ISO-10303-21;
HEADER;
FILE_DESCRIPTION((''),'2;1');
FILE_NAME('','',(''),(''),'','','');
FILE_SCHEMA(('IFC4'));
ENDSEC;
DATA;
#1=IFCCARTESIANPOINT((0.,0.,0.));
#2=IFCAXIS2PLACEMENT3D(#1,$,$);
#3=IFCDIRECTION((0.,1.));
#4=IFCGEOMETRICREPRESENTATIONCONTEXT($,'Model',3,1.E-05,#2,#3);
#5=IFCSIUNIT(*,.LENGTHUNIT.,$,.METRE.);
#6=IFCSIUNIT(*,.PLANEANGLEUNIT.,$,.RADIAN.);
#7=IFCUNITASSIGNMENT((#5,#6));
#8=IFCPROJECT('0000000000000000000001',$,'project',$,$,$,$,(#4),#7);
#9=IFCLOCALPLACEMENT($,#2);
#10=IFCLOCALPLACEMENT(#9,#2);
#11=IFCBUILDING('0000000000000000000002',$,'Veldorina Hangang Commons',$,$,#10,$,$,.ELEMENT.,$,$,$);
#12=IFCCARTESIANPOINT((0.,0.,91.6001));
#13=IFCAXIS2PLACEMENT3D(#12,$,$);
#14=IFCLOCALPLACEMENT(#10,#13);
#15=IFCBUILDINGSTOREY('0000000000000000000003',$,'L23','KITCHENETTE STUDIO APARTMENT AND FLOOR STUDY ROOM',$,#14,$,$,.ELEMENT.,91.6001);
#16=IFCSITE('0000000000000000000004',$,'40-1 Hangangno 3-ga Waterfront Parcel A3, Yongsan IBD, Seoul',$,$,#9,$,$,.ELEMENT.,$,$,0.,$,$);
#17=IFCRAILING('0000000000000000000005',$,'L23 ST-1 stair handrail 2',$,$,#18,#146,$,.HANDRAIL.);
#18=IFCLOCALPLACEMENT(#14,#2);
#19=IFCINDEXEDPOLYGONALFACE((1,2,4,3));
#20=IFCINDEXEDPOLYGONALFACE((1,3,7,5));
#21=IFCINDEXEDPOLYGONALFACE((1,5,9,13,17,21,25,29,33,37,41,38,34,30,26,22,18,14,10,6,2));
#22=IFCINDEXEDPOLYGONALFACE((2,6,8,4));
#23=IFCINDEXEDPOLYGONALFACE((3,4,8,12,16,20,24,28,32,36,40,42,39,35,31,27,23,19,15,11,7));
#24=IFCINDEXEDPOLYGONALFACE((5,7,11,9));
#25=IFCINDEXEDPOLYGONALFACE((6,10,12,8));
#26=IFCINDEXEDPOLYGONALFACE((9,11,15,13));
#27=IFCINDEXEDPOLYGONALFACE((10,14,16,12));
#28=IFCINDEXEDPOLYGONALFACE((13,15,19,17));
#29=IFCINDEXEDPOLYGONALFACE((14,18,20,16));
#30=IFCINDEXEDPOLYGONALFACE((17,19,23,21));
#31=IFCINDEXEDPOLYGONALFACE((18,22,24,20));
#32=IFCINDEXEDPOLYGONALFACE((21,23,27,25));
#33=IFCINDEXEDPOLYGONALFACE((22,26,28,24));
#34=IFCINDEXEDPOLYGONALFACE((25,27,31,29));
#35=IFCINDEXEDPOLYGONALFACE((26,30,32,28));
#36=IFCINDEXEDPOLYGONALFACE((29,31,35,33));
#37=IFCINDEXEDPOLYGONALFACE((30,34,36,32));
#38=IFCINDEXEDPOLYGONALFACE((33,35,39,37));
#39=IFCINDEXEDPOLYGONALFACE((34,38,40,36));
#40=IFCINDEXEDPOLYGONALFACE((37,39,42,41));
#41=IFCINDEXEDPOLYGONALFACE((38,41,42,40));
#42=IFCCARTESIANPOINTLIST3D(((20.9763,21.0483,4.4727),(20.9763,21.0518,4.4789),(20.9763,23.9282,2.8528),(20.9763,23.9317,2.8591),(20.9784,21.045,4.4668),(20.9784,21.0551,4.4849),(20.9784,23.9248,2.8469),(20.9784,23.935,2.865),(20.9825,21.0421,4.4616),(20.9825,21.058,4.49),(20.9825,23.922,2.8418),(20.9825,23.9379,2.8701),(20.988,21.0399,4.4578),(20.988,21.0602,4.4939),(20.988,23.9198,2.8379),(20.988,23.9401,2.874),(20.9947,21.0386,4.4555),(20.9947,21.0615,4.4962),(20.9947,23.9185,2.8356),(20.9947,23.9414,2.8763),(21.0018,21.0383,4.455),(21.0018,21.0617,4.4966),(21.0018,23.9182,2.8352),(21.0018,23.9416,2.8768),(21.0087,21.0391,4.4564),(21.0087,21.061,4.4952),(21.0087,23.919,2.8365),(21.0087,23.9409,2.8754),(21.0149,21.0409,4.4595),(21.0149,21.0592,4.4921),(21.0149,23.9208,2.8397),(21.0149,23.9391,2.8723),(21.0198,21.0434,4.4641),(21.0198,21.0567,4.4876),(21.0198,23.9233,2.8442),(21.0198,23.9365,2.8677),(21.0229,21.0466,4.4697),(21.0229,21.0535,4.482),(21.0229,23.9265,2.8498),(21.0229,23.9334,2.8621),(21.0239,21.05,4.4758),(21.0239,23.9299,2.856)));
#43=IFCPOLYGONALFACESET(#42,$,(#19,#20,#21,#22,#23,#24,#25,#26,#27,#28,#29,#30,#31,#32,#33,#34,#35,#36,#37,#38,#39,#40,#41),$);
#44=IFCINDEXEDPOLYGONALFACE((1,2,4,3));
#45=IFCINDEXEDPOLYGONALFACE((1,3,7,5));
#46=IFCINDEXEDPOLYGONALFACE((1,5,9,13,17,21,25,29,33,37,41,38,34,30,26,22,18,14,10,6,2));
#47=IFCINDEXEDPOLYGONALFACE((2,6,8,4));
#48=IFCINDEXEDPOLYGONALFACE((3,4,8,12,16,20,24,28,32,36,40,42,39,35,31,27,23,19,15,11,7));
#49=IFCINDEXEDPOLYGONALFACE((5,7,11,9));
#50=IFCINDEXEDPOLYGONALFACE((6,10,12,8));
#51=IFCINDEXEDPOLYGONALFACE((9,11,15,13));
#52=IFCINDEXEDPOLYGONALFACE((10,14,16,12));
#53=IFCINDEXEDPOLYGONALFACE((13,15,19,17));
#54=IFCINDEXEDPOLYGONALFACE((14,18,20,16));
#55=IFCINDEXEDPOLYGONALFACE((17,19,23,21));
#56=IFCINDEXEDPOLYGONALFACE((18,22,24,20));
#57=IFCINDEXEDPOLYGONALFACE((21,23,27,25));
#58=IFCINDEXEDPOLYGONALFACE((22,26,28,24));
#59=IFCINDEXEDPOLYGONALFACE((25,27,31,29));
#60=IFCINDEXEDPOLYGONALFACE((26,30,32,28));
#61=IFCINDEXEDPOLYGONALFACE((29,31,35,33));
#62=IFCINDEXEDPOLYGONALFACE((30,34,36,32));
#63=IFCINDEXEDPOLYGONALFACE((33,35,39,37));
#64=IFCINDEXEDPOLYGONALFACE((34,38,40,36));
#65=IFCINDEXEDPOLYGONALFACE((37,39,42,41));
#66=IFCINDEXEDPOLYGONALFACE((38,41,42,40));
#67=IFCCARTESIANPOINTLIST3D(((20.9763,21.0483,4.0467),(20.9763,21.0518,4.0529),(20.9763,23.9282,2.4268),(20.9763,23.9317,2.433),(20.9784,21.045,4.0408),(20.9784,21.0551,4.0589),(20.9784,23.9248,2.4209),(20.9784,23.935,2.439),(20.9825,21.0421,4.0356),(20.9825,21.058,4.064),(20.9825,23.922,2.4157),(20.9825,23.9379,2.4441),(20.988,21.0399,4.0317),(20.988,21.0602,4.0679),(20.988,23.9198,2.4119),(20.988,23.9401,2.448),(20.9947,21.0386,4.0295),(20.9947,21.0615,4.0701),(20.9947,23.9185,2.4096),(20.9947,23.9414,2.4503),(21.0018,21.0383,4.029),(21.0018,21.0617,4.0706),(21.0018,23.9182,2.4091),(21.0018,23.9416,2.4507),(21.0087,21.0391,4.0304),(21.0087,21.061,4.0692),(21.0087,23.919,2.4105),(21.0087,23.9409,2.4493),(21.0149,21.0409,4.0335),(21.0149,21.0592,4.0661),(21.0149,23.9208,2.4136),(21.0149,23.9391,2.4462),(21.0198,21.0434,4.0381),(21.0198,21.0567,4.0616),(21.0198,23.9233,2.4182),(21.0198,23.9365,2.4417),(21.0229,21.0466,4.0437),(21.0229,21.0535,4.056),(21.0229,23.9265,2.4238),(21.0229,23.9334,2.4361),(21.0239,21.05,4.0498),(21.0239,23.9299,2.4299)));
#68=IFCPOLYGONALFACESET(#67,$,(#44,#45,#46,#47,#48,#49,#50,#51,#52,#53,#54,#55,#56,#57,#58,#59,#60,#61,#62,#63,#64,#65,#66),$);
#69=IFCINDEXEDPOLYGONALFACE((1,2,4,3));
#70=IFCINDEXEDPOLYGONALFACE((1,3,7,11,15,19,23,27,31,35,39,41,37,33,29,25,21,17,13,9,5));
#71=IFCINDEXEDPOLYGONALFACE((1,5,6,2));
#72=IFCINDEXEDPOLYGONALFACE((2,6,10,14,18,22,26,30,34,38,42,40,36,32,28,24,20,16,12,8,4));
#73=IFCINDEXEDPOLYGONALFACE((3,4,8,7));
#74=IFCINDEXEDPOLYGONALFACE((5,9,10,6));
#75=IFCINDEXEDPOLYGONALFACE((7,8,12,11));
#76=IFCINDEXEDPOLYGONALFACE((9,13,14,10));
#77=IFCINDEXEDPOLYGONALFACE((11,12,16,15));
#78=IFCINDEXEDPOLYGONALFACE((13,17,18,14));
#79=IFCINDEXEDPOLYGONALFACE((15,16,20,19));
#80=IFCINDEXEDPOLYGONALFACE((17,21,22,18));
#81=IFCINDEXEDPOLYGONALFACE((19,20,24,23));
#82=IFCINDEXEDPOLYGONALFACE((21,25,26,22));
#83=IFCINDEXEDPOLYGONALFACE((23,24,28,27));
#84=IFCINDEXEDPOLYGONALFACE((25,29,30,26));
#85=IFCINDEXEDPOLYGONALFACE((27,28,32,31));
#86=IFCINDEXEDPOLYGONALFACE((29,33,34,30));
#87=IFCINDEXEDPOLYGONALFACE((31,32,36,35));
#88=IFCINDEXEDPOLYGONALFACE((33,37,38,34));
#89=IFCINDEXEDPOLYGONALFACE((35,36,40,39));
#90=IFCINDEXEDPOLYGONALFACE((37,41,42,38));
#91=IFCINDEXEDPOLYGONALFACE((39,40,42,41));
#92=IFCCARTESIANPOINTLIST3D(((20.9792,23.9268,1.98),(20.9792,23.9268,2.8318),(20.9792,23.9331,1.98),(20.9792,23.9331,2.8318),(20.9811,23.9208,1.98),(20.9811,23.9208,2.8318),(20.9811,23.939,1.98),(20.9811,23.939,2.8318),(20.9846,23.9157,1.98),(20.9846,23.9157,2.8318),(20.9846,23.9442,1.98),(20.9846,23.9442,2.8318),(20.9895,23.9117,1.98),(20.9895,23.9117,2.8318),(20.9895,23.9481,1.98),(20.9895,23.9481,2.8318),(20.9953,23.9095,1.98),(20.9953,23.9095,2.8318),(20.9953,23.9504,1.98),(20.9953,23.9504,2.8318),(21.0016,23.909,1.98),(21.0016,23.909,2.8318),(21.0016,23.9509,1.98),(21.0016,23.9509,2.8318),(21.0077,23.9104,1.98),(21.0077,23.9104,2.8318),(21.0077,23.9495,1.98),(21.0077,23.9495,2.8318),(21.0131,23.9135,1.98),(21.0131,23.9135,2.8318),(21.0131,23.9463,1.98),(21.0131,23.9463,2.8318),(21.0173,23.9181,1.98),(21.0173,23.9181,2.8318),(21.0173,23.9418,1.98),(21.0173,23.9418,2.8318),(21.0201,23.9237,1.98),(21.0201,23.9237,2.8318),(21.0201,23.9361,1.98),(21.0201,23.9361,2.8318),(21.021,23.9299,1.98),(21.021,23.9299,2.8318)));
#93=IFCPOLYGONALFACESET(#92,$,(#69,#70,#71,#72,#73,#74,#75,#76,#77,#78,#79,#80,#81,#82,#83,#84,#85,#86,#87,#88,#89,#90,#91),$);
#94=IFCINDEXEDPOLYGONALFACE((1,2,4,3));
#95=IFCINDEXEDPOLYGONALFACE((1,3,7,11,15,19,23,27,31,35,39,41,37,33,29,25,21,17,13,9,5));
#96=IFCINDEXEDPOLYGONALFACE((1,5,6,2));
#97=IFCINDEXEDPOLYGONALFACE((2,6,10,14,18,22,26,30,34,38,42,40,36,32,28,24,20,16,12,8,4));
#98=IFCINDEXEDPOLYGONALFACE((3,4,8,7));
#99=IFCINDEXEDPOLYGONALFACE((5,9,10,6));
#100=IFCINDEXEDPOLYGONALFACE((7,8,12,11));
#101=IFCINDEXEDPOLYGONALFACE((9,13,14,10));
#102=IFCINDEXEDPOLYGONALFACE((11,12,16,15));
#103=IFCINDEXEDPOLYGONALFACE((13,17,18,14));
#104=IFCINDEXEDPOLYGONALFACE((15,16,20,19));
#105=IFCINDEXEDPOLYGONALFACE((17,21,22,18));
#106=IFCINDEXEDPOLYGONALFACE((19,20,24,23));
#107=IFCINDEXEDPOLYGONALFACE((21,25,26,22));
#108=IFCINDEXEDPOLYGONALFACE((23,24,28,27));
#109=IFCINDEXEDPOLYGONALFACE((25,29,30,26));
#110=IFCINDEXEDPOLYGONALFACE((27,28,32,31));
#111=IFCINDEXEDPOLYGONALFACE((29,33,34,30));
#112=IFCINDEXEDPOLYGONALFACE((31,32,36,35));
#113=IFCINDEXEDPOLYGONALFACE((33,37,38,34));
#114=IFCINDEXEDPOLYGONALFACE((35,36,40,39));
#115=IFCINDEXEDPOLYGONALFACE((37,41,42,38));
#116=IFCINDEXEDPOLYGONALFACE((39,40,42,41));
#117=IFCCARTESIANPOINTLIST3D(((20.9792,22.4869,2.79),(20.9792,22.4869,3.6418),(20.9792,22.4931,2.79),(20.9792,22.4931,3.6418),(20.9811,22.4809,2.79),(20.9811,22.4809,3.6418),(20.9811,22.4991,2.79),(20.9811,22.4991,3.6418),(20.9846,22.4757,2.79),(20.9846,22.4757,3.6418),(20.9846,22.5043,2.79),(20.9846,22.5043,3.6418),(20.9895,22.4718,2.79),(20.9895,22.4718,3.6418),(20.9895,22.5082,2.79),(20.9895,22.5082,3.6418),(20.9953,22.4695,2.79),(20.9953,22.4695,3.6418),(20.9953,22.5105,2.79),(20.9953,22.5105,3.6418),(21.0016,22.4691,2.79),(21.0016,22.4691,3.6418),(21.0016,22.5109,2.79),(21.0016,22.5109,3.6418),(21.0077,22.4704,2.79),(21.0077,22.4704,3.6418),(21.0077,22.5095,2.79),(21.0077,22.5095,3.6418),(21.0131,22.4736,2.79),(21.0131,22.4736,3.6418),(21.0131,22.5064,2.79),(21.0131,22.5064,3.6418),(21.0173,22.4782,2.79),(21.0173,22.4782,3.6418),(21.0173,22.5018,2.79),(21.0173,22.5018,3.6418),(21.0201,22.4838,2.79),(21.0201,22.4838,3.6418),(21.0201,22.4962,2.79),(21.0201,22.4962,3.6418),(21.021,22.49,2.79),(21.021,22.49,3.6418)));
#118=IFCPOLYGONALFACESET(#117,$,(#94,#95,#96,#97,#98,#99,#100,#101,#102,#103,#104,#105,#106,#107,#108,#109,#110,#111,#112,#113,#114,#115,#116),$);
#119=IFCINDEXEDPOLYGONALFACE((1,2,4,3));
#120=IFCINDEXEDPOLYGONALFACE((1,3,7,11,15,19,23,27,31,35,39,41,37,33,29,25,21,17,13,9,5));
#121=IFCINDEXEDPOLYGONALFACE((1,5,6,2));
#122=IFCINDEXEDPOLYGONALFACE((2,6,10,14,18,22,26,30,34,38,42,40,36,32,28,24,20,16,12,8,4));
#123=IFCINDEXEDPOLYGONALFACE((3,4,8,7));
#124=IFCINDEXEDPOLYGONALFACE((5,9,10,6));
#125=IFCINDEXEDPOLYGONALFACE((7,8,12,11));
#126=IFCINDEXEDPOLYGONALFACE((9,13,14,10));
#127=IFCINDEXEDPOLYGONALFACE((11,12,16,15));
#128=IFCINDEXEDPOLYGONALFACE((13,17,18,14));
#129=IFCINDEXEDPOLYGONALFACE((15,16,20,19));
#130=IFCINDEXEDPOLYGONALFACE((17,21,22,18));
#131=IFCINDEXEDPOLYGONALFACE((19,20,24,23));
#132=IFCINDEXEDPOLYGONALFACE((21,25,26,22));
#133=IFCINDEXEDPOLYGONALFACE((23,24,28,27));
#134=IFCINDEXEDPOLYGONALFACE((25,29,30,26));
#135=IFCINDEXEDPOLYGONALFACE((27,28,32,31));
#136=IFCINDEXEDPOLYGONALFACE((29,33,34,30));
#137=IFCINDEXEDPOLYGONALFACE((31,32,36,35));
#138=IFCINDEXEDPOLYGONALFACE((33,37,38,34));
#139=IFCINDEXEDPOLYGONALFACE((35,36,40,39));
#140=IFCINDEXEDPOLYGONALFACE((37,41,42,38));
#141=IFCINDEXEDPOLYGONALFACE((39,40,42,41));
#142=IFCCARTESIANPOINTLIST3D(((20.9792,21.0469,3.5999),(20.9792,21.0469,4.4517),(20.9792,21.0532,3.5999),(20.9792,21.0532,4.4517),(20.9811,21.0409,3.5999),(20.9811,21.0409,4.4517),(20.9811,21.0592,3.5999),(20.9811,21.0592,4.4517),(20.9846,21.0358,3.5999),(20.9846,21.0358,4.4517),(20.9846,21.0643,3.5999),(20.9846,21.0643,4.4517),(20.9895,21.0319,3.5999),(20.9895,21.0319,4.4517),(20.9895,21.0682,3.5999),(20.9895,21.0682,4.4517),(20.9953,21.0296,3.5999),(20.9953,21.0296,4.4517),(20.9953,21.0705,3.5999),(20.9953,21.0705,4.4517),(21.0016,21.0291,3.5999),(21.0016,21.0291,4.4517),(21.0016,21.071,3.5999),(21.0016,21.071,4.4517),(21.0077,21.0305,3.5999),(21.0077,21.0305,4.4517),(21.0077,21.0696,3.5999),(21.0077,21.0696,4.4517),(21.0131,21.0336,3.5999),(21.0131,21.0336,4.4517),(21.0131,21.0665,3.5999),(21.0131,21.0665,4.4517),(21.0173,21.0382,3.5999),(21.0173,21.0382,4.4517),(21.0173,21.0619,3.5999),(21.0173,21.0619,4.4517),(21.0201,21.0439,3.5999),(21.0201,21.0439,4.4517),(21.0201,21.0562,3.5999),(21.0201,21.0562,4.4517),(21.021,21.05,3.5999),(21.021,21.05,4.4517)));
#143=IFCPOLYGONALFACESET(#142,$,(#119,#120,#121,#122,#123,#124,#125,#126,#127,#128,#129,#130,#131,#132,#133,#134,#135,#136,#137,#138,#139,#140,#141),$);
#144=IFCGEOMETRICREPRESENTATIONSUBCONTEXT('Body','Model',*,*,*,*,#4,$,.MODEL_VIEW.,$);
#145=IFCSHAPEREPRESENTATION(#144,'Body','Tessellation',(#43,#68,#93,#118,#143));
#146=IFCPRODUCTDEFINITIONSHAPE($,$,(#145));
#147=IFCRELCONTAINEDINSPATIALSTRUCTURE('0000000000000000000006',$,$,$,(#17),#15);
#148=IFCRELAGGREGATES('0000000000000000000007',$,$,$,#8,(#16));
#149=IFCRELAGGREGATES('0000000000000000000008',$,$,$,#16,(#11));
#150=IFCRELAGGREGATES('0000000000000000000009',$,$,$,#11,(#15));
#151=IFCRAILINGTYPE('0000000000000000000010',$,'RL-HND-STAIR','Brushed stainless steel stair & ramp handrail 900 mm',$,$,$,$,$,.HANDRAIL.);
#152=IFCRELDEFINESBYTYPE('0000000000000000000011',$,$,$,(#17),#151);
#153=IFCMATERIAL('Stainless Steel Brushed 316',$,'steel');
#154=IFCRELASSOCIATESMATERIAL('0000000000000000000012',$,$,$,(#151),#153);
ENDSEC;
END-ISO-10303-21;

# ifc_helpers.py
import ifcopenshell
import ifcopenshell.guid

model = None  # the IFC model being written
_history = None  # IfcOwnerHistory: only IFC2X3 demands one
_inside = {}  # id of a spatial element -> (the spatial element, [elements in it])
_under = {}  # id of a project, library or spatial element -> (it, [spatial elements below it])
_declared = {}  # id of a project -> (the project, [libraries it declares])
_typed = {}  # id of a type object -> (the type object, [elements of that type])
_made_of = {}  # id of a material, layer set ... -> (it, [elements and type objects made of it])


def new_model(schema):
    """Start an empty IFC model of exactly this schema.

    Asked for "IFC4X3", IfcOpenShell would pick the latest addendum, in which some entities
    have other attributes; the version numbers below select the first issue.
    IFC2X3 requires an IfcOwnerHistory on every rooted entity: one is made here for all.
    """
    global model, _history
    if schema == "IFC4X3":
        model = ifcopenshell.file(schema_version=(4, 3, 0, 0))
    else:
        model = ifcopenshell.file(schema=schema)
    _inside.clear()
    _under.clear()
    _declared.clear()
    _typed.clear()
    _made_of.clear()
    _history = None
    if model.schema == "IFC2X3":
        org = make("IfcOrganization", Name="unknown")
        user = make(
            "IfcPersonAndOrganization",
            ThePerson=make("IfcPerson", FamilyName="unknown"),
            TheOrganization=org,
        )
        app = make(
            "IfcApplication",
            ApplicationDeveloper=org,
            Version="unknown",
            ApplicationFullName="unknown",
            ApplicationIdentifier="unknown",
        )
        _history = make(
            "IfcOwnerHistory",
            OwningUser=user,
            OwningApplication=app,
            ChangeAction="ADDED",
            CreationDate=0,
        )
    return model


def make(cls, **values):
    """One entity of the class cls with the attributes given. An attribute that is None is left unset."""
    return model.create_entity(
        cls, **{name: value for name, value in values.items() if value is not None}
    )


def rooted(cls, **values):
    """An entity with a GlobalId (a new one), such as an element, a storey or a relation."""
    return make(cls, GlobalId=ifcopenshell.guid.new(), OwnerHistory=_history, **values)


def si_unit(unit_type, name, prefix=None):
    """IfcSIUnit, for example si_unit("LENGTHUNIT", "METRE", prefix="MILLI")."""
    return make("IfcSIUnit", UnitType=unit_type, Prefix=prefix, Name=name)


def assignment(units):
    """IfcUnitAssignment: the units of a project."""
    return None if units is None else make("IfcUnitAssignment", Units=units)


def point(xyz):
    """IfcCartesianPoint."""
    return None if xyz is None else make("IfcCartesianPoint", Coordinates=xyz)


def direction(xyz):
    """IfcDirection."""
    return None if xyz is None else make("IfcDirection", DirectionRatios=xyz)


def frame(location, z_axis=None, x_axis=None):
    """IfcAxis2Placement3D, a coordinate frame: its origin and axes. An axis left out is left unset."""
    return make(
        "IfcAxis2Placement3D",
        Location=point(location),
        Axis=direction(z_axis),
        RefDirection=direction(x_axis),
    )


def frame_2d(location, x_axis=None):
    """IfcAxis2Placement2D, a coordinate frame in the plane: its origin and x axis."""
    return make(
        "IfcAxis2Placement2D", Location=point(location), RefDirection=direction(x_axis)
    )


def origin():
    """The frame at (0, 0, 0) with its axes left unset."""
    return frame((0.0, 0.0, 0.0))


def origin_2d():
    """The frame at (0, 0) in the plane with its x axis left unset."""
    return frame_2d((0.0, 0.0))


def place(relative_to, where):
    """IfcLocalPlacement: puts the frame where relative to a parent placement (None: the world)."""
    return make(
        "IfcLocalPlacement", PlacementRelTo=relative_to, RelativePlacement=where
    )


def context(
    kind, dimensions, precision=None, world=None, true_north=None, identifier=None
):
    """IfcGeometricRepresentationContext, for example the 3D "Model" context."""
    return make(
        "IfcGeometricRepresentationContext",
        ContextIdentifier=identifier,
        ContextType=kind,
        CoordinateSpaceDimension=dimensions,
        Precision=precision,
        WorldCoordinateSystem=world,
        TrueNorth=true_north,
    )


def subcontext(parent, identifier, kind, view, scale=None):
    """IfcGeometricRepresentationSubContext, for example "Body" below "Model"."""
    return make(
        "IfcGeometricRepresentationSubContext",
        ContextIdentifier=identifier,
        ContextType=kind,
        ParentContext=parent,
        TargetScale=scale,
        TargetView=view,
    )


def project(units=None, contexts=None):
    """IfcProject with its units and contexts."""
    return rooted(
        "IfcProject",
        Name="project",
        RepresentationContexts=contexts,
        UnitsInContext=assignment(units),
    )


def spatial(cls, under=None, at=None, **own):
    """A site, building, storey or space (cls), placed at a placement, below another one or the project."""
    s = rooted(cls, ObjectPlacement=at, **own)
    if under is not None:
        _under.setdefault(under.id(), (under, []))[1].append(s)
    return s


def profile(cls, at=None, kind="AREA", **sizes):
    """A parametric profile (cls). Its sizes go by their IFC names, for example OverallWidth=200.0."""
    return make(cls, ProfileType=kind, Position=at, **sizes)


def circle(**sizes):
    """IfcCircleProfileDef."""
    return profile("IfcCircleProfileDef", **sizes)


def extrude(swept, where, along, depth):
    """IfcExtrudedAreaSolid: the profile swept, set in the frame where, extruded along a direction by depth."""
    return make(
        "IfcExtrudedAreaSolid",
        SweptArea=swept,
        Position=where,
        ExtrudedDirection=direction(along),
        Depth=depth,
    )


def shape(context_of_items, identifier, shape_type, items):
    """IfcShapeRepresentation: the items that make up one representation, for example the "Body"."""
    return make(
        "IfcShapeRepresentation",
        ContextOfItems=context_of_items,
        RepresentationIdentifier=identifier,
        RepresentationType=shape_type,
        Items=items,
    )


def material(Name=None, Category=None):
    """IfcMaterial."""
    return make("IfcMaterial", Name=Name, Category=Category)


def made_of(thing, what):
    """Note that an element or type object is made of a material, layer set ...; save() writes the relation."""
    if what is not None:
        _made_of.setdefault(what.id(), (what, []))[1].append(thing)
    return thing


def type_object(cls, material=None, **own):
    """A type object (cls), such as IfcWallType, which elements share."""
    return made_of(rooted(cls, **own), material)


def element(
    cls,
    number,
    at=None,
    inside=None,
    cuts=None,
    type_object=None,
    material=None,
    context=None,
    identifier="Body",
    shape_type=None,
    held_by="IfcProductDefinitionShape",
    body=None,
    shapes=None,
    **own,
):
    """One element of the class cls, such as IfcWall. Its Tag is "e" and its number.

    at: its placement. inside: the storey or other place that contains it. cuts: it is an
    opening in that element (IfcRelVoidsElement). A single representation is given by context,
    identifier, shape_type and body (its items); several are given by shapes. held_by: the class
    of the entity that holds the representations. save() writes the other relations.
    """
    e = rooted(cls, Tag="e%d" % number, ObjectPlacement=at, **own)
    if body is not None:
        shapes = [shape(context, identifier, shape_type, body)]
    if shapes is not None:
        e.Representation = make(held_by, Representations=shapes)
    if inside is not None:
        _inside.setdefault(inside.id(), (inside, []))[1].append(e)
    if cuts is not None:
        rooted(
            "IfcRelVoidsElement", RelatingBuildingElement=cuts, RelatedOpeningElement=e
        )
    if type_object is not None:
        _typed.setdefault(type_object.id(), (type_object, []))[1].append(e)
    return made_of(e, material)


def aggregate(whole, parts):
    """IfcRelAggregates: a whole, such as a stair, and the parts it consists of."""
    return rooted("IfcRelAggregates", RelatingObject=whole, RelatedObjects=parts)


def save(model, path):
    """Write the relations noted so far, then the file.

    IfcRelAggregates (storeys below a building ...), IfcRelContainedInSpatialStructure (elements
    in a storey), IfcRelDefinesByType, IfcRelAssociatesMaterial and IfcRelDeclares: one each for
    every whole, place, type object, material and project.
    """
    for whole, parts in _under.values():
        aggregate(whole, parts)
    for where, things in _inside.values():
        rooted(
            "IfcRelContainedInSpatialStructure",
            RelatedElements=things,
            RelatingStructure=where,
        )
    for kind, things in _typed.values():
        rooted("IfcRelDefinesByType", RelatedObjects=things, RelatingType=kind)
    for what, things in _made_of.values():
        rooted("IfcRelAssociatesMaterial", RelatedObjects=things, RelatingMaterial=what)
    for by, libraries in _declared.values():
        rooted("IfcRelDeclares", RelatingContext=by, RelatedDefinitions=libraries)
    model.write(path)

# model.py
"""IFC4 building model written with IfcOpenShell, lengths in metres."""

from ifc_helpers import new_model, si_unit, direction, frame, origin, origin_2d, place, context, subcontext, project, spatial, circle, extrude, material, type_object, element, save


model = new_model("IFC4")

# Units and contexts
model_context = context("Model", 3, precision=1e-05, world=origin(), true_north=direction((0.0, 1.0)))
body_context = subcontext(model_context, "Body", "Model", "MODEL_VIEW")
ifc_project = project(units=[si_unit("LENGTHUNIT", "METRE"), si_unit("PLANEANGLEUNIT", "RADIAN")], contexts=[model_context])

# Site, building, storey
site_placement = place(None, origin())
site = spatial("IfcSite", under=ifc_project, at=site_placement, Name="40-1 Hangangno 3-ga Waterfront Parcel A3, Yongsan IBD, Seoul", CompositionType="ELEMENT", RefElevation=0.0)
building_placement = place(site_placement, origin())
building = spatial("IfcBuilding", under=site, at=building_placement, Name="Veldorina Hangang Commons", CompositionType="ELEMENT")
storey_placement = place(building_placement, frame((0.0, 0.0, 91.6001)))
storey = spatial("IfcBuildingStorey", under=building, at=storey_placement, Name="L23", Description="KITCHENETTE STUDIO APARTMENT AND FLOOR STUDY ROOM", CompositionType="ELEMENT", Elevation=91.6001)

# Railing
ifc_material_1 = material(Name="Stainless Steel Brushed 316", Category="steel")
railing_type_1 = type_object("IfcRailingType", Name="RL-HND-STAIR", Description="Brushed stainless steel stair & ramp handrail 900 mm", PredefinedType="HANDRAIL", material=ifc_material_1)
railing_1_placement = place(storey_placement, frame((21.0, 23.9299, 1.98)))
element("IfcRailing", 1, at=railing_1_placement, inside=storey, type_object=railing_type_1, Name="L23 ST-1 stair handrail 2", PredefinedType="HANDRAIL", context=body_context, shape_type="SweptSolid", body=[
    extrude(circle(Radius=0.0239, at=origin_2d()), frame((0.0, 0.0, 0.876), z_axis=(0.0, -0.871583, 0.490247), x_axis=(1.0, 0.0, 0.0)), (0.0, 0.0, 1.0), 3.3042),
    extrude(circle(Radius=0.0239, at=origin_2d()), frame((0.0, 0.0, 0.45), z_axis=(0.0, -0.871583, 0.490247), x_axis=(1.0, 0.0, 0.0)), (0.0, 0.0, 1.0), 3.3042),
    extrude(circle(Radius=0.021, at=origin_2d()), origin(), (0.0, 0.0, 1.0), 0.8518),
    extrude(circle(Radius=0.021, at=origin_2d()), frame((0.0, -1.4399, 0.8101)), (0.0, 0.0, 1.0), 0.8518),
    extrude(circle(Radius=0.021, at=origin_2d()), frame((0.0, -2.8799, 1.6199)), (0.0, 0.0, 1.0), 0.8518),
])

save(model, "model.ifc")
